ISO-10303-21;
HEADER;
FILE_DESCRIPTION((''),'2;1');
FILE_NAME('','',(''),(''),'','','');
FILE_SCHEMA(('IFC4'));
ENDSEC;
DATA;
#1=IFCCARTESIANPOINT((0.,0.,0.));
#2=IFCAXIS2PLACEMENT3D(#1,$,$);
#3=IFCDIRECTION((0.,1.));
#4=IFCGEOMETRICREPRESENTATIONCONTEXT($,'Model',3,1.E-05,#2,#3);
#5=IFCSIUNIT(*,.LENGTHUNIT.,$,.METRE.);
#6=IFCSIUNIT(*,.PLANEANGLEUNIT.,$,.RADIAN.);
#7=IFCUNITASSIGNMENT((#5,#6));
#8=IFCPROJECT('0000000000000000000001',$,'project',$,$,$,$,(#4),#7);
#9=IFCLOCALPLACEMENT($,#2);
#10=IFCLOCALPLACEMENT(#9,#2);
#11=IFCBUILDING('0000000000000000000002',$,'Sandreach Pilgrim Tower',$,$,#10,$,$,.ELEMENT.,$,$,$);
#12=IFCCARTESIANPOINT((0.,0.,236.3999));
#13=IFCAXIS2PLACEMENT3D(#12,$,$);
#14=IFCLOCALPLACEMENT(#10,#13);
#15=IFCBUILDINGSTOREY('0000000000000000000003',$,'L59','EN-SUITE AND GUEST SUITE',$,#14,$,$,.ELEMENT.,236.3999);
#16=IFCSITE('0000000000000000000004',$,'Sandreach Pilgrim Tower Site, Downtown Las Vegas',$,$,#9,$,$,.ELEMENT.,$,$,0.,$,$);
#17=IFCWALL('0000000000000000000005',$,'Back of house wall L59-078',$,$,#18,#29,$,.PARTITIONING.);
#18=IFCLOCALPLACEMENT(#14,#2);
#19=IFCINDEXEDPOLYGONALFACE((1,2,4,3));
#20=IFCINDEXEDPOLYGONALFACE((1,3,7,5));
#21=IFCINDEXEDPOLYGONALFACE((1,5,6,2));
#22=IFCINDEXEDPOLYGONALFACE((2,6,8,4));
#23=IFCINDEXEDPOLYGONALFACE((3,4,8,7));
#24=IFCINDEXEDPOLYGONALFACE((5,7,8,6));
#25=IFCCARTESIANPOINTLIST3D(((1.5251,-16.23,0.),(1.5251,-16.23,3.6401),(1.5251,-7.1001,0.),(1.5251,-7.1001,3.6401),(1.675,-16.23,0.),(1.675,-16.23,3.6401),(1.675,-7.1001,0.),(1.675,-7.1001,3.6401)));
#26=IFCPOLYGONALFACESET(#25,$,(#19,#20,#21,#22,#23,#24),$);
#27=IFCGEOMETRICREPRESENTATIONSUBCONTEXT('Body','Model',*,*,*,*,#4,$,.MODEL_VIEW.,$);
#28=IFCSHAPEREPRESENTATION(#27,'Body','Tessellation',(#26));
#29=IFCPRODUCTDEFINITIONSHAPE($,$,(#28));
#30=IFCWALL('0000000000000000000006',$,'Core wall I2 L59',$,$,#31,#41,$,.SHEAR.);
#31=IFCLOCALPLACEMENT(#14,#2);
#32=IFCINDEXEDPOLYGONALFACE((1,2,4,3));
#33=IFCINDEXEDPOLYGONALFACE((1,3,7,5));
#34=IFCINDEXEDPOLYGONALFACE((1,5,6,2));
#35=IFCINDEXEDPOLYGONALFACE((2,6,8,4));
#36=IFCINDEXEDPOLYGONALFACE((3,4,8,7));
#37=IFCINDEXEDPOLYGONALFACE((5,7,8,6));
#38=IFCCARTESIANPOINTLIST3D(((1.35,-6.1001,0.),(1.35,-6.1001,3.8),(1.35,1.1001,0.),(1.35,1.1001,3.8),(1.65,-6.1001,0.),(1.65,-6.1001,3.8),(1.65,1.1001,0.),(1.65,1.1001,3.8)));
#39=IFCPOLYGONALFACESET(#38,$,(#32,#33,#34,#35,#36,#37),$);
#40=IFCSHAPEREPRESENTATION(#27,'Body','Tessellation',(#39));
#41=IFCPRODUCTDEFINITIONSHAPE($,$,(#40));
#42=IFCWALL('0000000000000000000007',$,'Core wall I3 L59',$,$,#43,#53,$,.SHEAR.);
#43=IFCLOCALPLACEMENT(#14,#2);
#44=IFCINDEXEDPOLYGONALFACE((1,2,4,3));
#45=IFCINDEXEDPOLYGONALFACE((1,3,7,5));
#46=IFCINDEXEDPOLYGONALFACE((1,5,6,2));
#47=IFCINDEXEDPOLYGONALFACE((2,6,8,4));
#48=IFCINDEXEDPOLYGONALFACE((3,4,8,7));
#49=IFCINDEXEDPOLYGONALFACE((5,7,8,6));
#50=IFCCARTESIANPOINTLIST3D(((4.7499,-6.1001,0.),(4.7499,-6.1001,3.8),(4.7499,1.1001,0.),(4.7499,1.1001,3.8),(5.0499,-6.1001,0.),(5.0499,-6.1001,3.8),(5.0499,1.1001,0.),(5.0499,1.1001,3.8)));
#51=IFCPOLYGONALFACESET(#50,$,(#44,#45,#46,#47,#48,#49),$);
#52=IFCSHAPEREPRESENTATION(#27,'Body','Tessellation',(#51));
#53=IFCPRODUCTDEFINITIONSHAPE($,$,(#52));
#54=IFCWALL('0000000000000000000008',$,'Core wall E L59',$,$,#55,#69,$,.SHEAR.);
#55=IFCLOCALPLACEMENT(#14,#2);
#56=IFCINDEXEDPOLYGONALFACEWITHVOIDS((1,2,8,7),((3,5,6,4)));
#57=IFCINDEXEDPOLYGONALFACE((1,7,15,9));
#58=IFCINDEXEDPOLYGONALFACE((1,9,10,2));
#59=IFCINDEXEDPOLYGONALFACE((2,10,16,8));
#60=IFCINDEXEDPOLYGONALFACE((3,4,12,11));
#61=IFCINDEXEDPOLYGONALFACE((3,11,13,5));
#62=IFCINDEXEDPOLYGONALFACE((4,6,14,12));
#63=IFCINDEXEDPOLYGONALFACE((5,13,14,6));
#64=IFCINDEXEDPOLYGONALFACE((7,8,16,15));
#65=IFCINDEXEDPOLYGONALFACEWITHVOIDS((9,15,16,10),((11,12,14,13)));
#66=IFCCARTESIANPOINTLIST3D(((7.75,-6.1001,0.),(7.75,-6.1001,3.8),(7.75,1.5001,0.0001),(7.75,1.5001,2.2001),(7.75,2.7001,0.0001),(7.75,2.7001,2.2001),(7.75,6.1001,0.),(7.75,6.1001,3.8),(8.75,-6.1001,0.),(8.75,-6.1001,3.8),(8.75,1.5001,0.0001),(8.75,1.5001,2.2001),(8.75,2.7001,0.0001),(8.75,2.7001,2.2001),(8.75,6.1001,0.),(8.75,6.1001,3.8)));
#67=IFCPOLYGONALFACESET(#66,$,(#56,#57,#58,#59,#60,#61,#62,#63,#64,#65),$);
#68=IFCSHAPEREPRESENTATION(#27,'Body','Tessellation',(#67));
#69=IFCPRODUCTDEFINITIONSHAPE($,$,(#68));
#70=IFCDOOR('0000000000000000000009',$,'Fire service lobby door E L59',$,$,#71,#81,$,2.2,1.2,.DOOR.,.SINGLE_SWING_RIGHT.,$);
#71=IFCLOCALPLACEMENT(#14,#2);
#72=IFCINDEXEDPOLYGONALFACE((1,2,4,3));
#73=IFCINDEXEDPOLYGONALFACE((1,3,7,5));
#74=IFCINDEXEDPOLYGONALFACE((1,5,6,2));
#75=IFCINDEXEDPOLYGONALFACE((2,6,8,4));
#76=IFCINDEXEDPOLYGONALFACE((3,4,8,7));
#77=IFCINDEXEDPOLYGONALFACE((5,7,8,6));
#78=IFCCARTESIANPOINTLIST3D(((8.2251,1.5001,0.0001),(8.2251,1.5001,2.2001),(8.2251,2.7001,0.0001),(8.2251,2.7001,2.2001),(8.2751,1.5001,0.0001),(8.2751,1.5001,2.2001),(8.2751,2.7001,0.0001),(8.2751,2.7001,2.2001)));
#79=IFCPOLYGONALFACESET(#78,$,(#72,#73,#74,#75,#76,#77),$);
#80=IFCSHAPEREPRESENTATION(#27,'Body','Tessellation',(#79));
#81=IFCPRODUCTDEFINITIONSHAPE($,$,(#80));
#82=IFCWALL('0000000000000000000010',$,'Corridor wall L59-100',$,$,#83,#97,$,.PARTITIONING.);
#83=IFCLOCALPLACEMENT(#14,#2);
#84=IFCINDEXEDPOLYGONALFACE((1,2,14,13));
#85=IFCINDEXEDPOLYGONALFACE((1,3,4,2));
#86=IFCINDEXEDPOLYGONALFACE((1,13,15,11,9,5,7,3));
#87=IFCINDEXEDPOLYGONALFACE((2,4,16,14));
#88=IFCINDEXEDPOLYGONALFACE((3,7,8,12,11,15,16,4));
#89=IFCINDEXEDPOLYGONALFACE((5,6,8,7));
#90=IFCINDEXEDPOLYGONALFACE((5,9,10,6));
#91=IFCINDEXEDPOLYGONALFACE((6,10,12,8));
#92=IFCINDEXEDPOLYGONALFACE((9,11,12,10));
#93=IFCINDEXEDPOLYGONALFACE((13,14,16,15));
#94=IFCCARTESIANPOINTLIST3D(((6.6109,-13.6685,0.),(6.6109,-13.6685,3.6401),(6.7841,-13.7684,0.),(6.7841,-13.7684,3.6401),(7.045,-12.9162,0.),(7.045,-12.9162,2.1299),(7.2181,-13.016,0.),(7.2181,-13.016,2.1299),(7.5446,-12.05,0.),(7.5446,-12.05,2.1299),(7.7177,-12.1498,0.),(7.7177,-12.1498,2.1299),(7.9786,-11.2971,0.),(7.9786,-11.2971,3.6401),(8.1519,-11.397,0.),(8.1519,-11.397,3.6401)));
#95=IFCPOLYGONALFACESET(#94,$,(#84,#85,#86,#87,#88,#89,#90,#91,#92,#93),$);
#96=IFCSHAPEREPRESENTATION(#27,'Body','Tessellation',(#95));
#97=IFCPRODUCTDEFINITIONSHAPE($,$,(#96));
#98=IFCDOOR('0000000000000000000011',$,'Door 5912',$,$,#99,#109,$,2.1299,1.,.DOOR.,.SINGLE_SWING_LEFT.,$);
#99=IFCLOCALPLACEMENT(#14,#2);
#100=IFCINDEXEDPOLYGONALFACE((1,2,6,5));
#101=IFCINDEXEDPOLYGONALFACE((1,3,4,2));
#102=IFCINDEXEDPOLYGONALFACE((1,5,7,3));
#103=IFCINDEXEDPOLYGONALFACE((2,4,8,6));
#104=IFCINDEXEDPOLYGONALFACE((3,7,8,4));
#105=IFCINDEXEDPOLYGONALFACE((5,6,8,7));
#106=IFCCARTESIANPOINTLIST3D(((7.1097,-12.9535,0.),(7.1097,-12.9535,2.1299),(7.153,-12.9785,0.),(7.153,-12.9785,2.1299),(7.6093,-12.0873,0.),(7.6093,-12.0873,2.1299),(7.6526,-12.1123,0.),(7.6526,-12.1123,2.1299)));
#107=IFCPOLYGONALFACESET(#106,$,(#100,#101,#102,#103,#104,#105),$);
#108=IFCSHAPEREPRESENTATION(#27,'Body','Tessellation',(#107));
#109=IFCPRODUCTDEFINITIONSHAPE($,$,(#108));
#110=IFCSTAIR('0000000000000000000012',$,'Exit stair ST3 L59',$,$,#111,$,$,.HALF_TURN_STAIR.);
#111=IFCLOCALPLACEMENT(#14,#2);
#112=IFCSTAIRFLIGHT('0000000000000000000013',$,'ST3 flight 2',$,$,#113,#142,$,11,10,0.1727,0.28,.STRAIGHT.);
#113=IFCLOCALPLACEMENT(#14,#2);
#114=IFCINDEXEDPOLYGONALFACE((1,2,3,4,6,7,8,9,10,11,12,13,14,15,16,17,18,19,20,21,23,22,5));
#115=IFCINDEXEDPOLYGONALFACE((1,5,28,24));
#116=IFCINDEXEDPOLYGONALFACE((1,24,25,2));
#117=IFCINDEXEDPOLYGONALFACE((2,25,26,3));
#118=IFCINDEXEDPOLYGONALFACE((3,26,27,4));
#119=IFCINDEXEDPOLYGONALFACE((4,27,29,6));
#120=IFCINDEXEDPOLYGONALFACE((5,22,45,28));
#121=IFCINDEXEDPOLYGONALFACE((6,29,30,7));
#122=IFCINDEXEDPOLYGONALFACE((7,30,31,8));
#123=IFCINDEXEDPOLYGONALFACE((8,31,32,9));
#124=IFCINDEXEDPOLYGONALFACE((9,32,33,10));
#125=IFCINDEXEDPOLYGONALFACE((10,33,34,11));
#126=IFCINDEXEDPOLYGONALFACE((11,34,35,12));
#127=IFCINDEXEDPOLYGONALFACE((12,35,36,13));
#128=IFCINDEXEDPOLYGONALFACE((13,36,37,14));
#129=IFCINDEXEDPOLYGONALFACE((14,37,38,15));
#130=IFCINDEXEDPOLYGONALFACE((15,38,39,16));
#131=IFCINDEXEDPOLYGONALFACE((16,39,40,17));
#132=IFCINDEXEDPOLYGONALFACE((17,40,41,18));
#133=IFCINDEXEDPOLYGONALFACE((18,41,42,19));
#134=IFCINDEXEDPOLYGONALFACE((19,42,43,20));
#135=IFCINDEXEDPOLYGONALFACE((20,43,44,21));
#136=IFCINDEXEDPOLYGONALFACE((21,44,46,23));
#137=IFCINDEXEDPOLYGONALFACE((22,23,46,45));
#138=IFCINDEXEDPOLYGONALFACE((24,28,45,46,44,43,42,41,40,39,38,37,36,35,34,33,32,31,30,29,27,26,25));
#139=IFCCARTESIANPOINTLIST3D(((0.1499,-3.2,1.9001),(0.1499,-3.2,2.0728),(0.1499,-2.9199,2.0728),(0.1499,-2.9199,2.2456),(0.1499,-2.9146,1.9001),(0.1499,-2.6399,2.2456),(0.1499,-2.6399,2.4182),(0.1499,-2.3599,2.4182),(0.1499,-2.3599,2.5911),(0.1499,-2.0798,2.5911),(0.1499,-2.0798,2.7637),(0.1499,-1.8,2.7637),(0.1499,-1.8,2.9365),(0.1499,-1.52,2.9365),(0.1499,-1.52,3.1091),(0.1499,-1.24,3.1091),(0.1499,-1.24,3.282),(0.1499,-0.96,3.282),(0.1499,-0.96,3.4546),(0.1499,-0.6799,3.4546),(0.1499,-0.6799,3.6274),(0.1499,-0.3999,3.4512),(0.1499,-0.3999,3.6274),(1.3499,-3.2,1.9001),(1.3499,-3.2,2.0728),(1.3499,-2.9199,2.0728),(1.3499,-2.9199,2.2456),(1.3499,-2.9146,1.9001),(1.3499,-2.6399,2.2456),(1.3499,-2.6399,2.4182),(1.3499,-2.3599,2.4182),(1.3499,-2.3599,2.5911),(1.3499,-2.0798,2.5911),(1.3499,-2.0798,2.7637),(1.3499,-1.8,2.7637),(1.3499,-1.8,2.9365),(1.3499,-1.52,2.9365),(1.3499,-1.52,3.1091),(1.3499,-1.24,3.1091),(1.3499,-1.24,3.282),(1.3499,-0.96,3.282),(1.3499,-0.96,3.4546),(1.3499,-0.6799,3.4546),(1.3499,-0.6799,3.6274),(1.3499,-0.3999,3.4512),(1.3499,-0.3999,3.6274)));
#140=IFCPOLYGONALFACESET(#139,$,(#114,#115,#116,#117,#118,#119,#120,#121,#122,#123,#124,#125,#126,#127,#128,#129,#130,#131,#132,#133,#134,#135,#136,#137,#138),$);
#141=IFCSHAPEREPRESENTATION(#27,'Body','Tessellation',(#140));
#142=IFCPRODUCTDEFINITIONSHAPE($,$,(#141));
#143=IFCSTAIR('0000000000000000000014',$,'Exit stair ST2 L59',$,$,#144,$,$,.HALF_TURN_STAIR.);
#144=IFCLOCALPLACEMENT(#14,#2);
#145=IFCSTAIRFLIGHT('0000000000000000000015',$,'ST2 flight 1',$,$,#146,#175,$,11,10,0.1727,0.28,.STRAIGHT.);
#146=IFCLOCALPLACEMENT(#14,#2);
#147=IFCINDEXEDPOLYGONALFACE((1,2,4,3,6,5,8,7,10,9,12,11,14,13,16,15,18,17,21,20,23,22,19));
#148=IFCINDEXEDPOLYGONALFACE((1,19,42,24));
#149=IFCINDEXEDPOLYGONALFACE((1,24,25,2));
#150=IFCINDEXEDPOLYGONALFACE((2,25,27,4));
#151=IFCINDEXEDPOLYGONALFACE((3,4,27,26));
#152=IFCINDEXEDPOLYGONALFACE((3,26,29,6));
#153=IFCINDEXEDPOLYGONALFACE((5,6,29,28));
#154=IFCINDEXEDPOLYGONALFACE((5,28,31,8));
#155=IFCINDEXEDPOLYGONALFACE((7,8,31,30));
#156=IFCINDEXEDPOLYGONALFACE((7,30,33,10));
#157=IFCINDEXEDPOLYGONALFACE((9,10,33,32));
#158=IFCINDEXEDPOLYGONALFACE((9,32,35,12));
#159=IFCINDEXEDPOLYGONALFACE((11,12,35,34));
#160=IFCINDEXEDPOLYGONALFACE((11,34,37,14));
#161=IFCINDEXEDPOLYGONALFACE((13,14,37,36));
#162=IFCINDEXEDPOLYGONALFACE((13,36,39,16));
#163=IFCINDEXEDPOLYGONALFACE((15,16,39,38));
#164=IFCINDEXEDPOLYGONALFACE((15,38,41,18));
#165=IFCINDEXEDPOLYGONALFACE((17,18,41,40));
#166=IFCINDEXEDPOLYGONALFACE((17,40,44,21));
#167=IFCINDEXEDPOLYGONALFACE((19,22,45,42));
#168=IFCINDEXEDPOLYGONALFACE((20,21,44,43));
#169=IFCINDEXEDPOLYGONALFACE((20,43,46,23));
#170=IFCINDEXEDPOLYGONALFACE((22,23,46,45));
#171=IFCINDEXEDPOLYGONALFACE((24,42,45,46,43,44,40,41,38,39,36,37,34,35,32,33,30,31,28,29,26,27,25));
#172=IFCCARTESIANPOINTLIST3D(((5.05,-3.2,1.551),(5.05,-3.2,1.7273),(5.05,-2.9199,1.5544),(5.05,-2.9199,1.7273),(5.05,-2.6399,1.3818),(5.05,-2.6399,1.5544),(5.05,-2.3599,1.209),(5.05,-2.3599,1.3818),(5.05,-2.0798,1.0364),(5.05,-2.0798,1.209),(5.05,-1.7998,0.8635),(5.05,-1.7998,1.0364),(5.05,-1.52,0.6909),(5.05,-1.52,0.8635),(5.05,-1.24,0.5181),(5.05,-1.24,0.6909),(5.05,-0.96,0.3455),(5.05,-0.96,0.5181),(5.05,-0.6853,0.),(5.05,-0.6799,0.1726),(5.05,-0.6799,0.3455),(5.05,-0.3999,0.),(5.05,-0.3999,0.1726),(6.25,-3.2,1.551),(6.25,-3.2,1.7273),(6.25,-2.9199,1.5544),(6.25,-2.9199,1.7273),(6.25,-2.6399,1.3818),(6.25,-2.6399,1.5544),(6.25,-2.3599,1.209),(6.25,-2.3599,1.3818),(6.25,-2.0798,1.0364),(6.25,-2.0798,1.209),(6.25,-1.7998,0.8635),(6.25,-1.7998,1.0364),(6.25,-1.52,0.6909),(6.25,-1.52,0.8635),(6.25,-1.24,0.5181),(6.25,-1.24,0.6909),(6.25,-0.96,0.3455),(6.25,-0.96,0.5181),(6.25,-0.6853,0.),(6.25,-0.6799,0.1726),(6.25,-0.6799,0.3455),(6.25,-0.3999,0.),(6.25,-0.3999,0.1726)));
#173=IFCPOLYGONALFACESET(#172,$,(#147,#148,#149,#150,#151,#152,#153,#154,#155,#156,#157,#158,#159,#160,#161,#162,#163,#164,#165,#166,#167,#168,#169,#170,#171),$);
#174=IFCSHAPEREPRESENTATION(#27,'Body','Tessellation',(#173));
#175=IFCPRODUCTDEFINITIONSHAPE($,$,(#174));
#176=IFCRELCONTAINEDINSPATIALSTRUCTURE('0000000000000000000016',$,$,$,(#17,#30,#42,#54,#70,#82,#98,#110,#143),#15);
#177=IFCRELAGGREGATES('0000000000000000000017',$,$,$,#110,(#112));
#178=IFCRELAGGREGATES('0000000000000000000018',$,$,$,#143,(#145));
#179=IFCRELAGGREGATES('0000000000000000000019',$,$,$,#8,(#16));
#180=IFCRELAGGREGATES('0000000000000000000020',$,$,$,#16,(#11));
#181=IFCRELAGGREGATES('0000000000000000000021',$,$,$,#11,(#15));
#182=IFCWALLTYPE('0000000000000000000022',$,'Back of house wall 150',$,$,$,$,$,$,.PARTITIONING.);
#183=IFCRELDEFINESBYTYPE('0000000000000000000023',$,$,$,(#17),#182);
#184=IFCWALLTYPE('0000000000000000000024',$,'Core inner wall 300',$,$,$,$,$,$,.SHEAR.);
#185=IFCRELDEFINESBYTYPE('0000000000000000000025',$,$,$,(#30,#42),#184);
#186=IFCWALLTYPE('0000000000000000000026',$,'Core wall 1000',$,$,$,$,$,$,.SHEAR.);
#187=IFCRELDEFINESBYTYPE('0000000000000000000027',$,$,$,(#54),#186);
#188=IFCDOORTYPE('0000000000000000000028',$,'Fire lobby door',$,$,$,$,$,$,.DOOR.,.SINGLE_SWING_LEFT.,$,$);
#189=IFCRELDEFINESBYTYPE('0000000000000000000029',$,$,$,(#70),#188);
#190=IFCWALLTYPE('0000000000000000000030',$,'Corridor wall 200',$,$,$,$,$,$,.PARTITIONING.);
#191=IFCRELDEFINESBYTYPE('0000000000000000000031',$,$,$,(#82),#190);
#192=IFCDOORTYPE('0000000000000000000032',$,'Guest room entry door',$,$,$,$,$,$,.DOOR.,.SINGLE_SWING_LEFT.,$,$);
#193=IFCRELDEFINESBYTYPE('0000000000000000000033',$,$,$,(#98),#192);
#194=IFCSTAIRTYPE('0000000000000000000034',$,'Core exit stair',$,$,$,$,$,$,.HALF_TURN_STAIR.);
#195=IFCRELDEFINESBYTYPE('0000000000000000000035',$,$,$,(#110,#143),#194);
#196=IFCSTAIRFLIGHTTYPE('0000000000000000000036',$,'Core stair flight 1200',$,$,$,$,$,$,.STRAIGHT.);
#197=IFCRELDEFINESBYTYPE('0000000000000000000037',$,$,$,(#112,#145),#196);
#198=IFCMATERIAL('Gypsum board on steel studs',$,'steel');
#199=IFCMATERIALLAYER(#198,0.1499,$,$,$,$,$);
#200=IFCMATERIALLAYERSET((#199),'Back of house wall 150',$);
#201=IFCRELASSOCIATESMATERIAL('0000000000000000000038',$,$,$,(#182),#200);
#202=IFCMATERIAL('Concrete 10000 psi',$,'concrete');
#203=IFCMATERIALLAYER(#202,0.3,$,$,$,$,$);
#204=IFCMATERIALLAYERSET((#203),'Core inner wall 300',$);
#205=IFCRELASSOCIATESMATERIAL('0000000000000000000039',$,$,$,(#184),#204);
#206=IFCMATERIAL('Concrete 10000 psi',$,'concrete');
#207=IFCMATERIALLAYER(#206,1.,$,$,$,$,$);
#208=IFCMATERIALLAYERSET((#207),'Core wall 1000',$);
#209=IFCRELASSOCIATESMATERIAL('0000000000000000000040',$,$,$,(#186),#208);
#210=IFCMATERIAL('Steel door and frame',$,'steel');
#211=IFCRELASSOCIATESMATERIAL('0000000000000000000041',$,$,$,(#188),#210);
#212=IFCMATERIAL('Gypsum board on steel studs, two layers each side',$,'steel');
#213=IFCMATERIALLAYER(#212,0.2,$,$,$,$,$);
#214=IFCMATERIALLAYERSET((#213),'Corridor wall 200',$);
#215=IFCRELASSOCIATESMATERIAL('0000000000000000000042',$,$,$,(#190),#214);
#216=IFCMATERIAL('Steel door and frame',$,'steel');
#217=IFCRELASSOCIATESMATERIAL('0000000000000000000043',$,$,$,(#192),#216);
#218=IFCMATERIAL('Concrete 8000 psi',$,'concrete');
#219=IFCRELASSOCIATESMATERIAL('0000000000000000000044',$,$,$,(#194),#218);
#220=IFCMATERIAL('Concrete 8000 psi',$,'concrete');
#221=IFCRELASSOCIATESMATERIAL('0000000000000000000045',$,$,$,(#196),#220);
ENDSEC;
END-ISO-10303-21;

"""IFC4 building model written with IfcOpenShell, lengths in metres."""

from ifc_helpers import new_model, si_unit, direction, frame, frame_2d, origin, place, context, subcontext, project, spatial, polyline, rectangle, outline, extrude, material, layer, layer_set, type_object, element, fill, aggregate, save


model = new_model("IFC4")

# Units and contexts
model_context = context("Model", 3, precision=1e-05, world=origin(), true_north=direction((0.0, 1.0)))
body_context = subcontext(model_context, "Body", "Model", "MODEL_VIEW")
ifc_project = project(units=[si_unit("LENGTHUNIT", "METRE"), si_unit("PLANEANGLEUNIT", "RADIAN")], contexts=[model_context])

# Site, building, storey
site_placement = place(None, origin())
site = spatial("IfcSite", under=ifc_project, at=site_placement, Name="Sandreach Pilgrim Tower Site, Downtown Las Vegas", CompositionType="ELEMENT", RefElevation=0.0)
building_placement = place(site_placement, origin())
building = spatial("IfcBuilding", under=site, at=building_placement, Name="Sandreach Pilgrim Tower", CompositionType="ELEMENT")
storey_placement = place(building_placement, frame((0.0, 0.0, 236.3999)))
storey = spatial("IfcBuildingStorey", under=building, at=storey_placement, Name="L59", Description="EN-SUITE AND GUEST SUITE", CompositionType="ELEMENT", Elevation=236.3999)

# Walls
ifc_material_1 = material(Name="Gypsum board on steel studs", Category="steel")
ifc_layer_1 = layer(ifc_material_1, 0.1499)
ifc_layer_set_1 = layer_set([ifc_layer_1], Name="Back of house wall 150")
wall_type_1 = type_object("IfcWallType", Name="Back of house wall 150", PredefinedType="PARTITIONING", material=ifc_layer_set_1)
wall_1_placement = place(storey_placement, frame((1.6001, -7.1001, 0.0), z_axis=(0.0, 0.0, 1.0), x_axis=(0.0, -1.0, 0.0)))
element("IfcWall", 1, at=wall_1_placement, inside=storey, type_object=wall_type_1, Name="Back of house wall L59-078", PredefinedType="PARTITIONING", context=body_context, shape_type="SweptSolid", body=[
    extrude(rectangle(XDim=9.1299, YDim=0.1499, at=frame_2d((4.5649, 0.0))), origin(), (0.0, 0.0, 1.0), 3.6401),
])
ifc_material_2 = material(Name="Concrete 10000 psi", Category="concrete")
ifc_layer_2 = layer(ifc_material_2, 0.3)
ifc_layer_set_2 = layer_set([ifc_layer_2], Name="Core inner wall 300")
wall_type_2 = type_object("IfcWallType", Name="Core inner wall 300", PredefinedType="SHEAR", material=ifc_layer_set_2)
for number, where, z_axis, x_axis, name in (
    (2, (1.5, -6.1001, 0.0), (0.0, 0.0, 1.0), (0.0, 1.0, 0.0), "Core wall I2 L59"),
    (3, (4.8999, -6.1001, 0.0), (0.0, 0.0, 1.0), (0.0, 1.0, 0.0), "Core wall I3 L59"),
):
    element("IfcWall", number, at=place(storey_placement, frame(where, z_axis=z_axis, x_axis=x_axis)), inside=storey, type_object=wall_type_2, Name=name, PredefinedType="SHEAR", context=body_context, shape_type="SweptSolid", body=[
        extrude(rectangle(XDim=7.2002, YDim=0.3, at=frame_2d((3.6001, 0.0))), origin(), (0.0, 0.0, 1.0), 3.8),
    ])

# Walls, openings, doors
ifc_material_3 = material(Name="Concrete 10000 psi", Category="concrete")
ifc_layer_3 = layer(ifc_material_3, 1.0)
ifc_layer_set_3 = layer_set([ifc_layer_3], Name="Core wall 1000")
wall_type_3 = type_object("IfcWallType", Name="Core wall 1000", PredefinedType="SHEAR", material=ifc_layer_set_3)
wall_2_placement = place(storey_placement, frame((8.25, -6.1001, 0.0), z_axis=(0.0, 0.0, 1.0), x_axis=(0.0, 1.0, 0.0)))
wall_2 = element("IfcWall", 4, at=wall_2_placement, inside=storey, type_object=wall_type_3, Name="Core wall E L59", PredefinedType="SHEAR", context=body_context, shape_type="SweptSolid", body=[
    extrude(rectangle(XDim=12.2002, YDim=1.0, at=frame_2d((6.1001, 0.0))), origin(), (0.0, 0.0, 1.0), 3.8),
])
opening_1_placement = place(wall_2_placement, frame((7.6001, 0.0, 0.0)))
opening_1 = element("IfcOpeningElement", 5, at=opening_1_placement, cuts=wall_2, PredefinedType="OPENING", context=body_context, shape_type="SweptSolid", body=[
    extrude(rectangle(XDim=1.2, YDim=2.2, at=frame_2d((0.6001, 1.1001))), frame((0.0, 0.5, 0.0), z_axis=(0.0, -1.0, 0.0), x_axis=(1.0, 0.0, 0.0)), (0.0, 0.0, 1.0), 1.0),
])
ifc_material_4 = material(Name="Steel door and frame", Category="steel")
door_type_1 = type_object("IfcDoorType", Name="Fire lobby door", OperationType="SINGLE_SWING_LEFT", PredefinedType="DOOR", material=ifc_material_4)
door_1_placement = place(opening_1_placement, origin())
door_1 = element("IfcDoor", 6, at=door_1_placement, inside=storey, type_object=door_type_1, Name="Fire service lobby door E L59", OperationType="SINGLE_SWING_RIGHT", OverallHeight=2.2, OverallWidth=1.2, PredefinedType="DOOR", context=body_context, shape_type="SweptSolid", body=[
    extrude(rectangle(XDim=1.2, YDim=2.2, at=frame_2d((0.6001, 1.1001))), frame((0.0, 0.0249, 0.0), z_axis=(0.0, -1.0, 0.0), x_axis=(1.0, 0.0, 0.0)), (0.0, 0.0, 1.0), 0.05),
])
fill(opening_1, door_1)
ifc_material_5 = material(Name="Gypsum board on steel studs, two layers each side", Category="steel")
ifc_layer_4 = layer(ifc_material_5, 0.2)
ifc_layer_set_4 = layer_set([ifc_layer_4], Name="Corridor wall 200")
wall_type_4 = type_object("IfcWallType", Name="Corridor wall 200", PredefinedType="PARTITIONING", material=ifc_layer_set_4)
wall_3_placement = place(storey_placement, frame((8.0652, -11.3472, 0.0), z_axis=(0.0, 0.0, 1.0), x_axis=(-0.499612, -0.866249, 0.0)))
wall_3 = element("IfcWall", 7, at=wall_3_placement, inside=storey, type_object=wall_type_4, Name="Corridor wall L59-100", PredefinedType="PARTITIONING", context=body_context, shape_type="SweptSolid", body=[
    extrude(rectangle(XDim=2.7375, YDim=0.2, at=frame_2d((1.3687, 0.0))), origin(), (0.0, 0.0, 1.0), 3.6401),
])
opening_2_placement = place(wall_3_placement, frame((0.8689, 0.0, 0.0)))
opening_2 = element("IfcOpeningElement", 8, at=opening_2_placement, cuts=wall_3, PredefinedType="OPENING", context=body_context, shape_type="SweptSolid", body=[
    extrude(rectangle(XDim=1.0, YDim=2.1299, at=frame_2d((0.5, 1.0649))), frame((0.0, 0.1001, 0.0), z_axis=(0.0, -1.0, 0.0), x_axis=(1.0, 0.0, 0.0)), (0.0, 0.0, 1.0), 0.2),
])
ifc_material_6 = material(Name="Steel door and frame", Category="steel")
door_type_2 = type_object("IfcDoorType", Name="Guest room entry door", OperationType="SINGLE_SWING_LEFT", PredefinedType="DOOR", material=ifc_material_6)
door_2_placement = place(opening_2_placement, origin())
door_2 = element("IfcDoor", 9, at=door_2_placement, inside=storey, type_object=door_type_2, Name="Door 5912", OperationType="SINGLE_SWING_LEFT", OverallHeight=2.1299, OverallWidth=1.0, PredefinedType="DOOR", context=body_context, shape_type="SweptSolid", body=[
    extrude(rectangle(XDim=1.0, YDim=2.1299, at=frame_2d((0.5, 1.0649))), frame((0.0, 0.0249, 0.0), z_axis=(0.0, -1.0, 0.0), x_axis=(1.0, 0.0, 0.0)), (0.0, 0.0, 1.0), 0.05),
])
fill(opening_2, door_2)

# Stair, stair flight
ifc_material_7 = material(Name="Concrete 8000 psi", Category="concrete")
stair_type = type_object("IfcStairType", Name="Core exit stair", PredefinedType="HALF_TURN_STAIR", material=ifc_material_7)
stair_1_placement = place(storey_placement, origin())
stair_1 = element("IfcStair", 10, at=stair_1_placement, inside=storey, type_object=stair_type, Name="Exit stair ST3 L59", PredefinedType="HALF_TURN_STAIR")
ifc_material_8 = material(Name="Concrete 8000 psi", Category="concrete")
stair_flight_type = type_object("IfcStairFlightType", Name="Core stair flight 1200", PredefinedType="STRAIGHT", material=ifc_material_8)
stair_flight_1_placement = place(storey_placement, frame((0.75, -3.2, 1.9001), z_axis=(0.0, 0.0, 1.0), x_axis=(0.0, 1.0, 0.0)))
stair_flight_1 = element("IfcStairFlight", 11, at=stair_flight_1_placement, type_object=stair_flight_type, Name="ST3 flight 2", NumberOfRisers=11, NumberOfTreads=10, PredefinedType="STRAIGHT", RiserHeight=0.1727, TreadLength=0.28, context=body_context, shape_type="SweptSolid", body=[
    extrude(outline(polyline([(0.0, 0.0), (0.0, 0.1726), (0.28, 0.1726), (0.28, 0.3455), (0.5601, 0.3455), (0.5601, 0.5181), (0.8401, 0.5181), (0.8401, 0.6909), (1.1201, 0.6909), (1.1201, 0.8635), (1.3999, 0.8635), (1.3999, 1.0364), (1.6799, 1.0364), (1.6799, 1.209), (1.96, 1.209), (1.96, 1.3818), (2.24, 1.3818), (2.24, 1.5544), (2.52, 1.5544), (2.52, 1.7273), (2.8, 1.7273), (2.8, 1.8999), (2.8, 1.551), (0.2854, 0.0), (0.0, 0.0)])), frame((0.0, 0.6001, 0.0), z_axis=(0.0, -1.0, 0.0), x_axis=(1.0, 0.0, 0.0)), (0.0, 0.0, 1.0), 1.2),
])
aggregate(stair_1, [stair_flight_1])

# Stair, stair flight
stair_2_placement = place(storey_placement, origin())
stair_2 = element("IfcStair", 12, at=stair_2_placement, inside=storey, type_object=stair_type, Name="Exit stair ST2 L59", PredefinedType="HALF_TURN_STAIR")
stair_flight_2_placement = place(storey_placement, frame((5.6499, -0.3999, 0.0), z_axis=(0.0, 0.0, 1.0), x_axis=(0.0, -1.0, 0.0)))
stair_flight_2 = element("IfcStairFlight", 13, at=stair_flight_2_placement, type_object=stair_flight_type, Name="ST2 flight 1", NumberOfRisers=11, NumberOfTreads=10, PredefinedType="STRAIGHT", RiserHeight=0.1727, TreadLength=0.28, context=body_context, shape_type="SweptSolid", body=[
    extrude(outline(polyline([(0.0, 0.0), (0.0, 0.1726), (0.28, 0.1726), (0.28, 0.3455), (0.5601, 0.3455), (0.5601, 0.5181), (0.8401, 0.5181), (0.8401, 0.6909), (1.1201, 0.6909), (1.1201, 0.8635), (1.3999, 0.8635), (1.3999, 1.0364), (1.6799, 1.0364), (1.6799, 1.209), (1.96, 1.209), (1.96, 1.3818), (2.24, 1.3818), (2.24, 1.5544), (2.52, 1.5544), (2.52, 1.7273), (2.8, 1.7273), (2.8, 1.8999), (2.8, 1.551), (0.2854, 0.0), (0.0, 0.0)])), frame((0.0, 0.6001, 0.0), z_axis=(0.0, -1.0, 0.0), x_axis=(1.0, 0.0, 0.0)), (0.0, 0.0, 1.0), 1.2),
])
aggregate(stair_2, [stair_flight_2])

save(model, "model.ifc")
